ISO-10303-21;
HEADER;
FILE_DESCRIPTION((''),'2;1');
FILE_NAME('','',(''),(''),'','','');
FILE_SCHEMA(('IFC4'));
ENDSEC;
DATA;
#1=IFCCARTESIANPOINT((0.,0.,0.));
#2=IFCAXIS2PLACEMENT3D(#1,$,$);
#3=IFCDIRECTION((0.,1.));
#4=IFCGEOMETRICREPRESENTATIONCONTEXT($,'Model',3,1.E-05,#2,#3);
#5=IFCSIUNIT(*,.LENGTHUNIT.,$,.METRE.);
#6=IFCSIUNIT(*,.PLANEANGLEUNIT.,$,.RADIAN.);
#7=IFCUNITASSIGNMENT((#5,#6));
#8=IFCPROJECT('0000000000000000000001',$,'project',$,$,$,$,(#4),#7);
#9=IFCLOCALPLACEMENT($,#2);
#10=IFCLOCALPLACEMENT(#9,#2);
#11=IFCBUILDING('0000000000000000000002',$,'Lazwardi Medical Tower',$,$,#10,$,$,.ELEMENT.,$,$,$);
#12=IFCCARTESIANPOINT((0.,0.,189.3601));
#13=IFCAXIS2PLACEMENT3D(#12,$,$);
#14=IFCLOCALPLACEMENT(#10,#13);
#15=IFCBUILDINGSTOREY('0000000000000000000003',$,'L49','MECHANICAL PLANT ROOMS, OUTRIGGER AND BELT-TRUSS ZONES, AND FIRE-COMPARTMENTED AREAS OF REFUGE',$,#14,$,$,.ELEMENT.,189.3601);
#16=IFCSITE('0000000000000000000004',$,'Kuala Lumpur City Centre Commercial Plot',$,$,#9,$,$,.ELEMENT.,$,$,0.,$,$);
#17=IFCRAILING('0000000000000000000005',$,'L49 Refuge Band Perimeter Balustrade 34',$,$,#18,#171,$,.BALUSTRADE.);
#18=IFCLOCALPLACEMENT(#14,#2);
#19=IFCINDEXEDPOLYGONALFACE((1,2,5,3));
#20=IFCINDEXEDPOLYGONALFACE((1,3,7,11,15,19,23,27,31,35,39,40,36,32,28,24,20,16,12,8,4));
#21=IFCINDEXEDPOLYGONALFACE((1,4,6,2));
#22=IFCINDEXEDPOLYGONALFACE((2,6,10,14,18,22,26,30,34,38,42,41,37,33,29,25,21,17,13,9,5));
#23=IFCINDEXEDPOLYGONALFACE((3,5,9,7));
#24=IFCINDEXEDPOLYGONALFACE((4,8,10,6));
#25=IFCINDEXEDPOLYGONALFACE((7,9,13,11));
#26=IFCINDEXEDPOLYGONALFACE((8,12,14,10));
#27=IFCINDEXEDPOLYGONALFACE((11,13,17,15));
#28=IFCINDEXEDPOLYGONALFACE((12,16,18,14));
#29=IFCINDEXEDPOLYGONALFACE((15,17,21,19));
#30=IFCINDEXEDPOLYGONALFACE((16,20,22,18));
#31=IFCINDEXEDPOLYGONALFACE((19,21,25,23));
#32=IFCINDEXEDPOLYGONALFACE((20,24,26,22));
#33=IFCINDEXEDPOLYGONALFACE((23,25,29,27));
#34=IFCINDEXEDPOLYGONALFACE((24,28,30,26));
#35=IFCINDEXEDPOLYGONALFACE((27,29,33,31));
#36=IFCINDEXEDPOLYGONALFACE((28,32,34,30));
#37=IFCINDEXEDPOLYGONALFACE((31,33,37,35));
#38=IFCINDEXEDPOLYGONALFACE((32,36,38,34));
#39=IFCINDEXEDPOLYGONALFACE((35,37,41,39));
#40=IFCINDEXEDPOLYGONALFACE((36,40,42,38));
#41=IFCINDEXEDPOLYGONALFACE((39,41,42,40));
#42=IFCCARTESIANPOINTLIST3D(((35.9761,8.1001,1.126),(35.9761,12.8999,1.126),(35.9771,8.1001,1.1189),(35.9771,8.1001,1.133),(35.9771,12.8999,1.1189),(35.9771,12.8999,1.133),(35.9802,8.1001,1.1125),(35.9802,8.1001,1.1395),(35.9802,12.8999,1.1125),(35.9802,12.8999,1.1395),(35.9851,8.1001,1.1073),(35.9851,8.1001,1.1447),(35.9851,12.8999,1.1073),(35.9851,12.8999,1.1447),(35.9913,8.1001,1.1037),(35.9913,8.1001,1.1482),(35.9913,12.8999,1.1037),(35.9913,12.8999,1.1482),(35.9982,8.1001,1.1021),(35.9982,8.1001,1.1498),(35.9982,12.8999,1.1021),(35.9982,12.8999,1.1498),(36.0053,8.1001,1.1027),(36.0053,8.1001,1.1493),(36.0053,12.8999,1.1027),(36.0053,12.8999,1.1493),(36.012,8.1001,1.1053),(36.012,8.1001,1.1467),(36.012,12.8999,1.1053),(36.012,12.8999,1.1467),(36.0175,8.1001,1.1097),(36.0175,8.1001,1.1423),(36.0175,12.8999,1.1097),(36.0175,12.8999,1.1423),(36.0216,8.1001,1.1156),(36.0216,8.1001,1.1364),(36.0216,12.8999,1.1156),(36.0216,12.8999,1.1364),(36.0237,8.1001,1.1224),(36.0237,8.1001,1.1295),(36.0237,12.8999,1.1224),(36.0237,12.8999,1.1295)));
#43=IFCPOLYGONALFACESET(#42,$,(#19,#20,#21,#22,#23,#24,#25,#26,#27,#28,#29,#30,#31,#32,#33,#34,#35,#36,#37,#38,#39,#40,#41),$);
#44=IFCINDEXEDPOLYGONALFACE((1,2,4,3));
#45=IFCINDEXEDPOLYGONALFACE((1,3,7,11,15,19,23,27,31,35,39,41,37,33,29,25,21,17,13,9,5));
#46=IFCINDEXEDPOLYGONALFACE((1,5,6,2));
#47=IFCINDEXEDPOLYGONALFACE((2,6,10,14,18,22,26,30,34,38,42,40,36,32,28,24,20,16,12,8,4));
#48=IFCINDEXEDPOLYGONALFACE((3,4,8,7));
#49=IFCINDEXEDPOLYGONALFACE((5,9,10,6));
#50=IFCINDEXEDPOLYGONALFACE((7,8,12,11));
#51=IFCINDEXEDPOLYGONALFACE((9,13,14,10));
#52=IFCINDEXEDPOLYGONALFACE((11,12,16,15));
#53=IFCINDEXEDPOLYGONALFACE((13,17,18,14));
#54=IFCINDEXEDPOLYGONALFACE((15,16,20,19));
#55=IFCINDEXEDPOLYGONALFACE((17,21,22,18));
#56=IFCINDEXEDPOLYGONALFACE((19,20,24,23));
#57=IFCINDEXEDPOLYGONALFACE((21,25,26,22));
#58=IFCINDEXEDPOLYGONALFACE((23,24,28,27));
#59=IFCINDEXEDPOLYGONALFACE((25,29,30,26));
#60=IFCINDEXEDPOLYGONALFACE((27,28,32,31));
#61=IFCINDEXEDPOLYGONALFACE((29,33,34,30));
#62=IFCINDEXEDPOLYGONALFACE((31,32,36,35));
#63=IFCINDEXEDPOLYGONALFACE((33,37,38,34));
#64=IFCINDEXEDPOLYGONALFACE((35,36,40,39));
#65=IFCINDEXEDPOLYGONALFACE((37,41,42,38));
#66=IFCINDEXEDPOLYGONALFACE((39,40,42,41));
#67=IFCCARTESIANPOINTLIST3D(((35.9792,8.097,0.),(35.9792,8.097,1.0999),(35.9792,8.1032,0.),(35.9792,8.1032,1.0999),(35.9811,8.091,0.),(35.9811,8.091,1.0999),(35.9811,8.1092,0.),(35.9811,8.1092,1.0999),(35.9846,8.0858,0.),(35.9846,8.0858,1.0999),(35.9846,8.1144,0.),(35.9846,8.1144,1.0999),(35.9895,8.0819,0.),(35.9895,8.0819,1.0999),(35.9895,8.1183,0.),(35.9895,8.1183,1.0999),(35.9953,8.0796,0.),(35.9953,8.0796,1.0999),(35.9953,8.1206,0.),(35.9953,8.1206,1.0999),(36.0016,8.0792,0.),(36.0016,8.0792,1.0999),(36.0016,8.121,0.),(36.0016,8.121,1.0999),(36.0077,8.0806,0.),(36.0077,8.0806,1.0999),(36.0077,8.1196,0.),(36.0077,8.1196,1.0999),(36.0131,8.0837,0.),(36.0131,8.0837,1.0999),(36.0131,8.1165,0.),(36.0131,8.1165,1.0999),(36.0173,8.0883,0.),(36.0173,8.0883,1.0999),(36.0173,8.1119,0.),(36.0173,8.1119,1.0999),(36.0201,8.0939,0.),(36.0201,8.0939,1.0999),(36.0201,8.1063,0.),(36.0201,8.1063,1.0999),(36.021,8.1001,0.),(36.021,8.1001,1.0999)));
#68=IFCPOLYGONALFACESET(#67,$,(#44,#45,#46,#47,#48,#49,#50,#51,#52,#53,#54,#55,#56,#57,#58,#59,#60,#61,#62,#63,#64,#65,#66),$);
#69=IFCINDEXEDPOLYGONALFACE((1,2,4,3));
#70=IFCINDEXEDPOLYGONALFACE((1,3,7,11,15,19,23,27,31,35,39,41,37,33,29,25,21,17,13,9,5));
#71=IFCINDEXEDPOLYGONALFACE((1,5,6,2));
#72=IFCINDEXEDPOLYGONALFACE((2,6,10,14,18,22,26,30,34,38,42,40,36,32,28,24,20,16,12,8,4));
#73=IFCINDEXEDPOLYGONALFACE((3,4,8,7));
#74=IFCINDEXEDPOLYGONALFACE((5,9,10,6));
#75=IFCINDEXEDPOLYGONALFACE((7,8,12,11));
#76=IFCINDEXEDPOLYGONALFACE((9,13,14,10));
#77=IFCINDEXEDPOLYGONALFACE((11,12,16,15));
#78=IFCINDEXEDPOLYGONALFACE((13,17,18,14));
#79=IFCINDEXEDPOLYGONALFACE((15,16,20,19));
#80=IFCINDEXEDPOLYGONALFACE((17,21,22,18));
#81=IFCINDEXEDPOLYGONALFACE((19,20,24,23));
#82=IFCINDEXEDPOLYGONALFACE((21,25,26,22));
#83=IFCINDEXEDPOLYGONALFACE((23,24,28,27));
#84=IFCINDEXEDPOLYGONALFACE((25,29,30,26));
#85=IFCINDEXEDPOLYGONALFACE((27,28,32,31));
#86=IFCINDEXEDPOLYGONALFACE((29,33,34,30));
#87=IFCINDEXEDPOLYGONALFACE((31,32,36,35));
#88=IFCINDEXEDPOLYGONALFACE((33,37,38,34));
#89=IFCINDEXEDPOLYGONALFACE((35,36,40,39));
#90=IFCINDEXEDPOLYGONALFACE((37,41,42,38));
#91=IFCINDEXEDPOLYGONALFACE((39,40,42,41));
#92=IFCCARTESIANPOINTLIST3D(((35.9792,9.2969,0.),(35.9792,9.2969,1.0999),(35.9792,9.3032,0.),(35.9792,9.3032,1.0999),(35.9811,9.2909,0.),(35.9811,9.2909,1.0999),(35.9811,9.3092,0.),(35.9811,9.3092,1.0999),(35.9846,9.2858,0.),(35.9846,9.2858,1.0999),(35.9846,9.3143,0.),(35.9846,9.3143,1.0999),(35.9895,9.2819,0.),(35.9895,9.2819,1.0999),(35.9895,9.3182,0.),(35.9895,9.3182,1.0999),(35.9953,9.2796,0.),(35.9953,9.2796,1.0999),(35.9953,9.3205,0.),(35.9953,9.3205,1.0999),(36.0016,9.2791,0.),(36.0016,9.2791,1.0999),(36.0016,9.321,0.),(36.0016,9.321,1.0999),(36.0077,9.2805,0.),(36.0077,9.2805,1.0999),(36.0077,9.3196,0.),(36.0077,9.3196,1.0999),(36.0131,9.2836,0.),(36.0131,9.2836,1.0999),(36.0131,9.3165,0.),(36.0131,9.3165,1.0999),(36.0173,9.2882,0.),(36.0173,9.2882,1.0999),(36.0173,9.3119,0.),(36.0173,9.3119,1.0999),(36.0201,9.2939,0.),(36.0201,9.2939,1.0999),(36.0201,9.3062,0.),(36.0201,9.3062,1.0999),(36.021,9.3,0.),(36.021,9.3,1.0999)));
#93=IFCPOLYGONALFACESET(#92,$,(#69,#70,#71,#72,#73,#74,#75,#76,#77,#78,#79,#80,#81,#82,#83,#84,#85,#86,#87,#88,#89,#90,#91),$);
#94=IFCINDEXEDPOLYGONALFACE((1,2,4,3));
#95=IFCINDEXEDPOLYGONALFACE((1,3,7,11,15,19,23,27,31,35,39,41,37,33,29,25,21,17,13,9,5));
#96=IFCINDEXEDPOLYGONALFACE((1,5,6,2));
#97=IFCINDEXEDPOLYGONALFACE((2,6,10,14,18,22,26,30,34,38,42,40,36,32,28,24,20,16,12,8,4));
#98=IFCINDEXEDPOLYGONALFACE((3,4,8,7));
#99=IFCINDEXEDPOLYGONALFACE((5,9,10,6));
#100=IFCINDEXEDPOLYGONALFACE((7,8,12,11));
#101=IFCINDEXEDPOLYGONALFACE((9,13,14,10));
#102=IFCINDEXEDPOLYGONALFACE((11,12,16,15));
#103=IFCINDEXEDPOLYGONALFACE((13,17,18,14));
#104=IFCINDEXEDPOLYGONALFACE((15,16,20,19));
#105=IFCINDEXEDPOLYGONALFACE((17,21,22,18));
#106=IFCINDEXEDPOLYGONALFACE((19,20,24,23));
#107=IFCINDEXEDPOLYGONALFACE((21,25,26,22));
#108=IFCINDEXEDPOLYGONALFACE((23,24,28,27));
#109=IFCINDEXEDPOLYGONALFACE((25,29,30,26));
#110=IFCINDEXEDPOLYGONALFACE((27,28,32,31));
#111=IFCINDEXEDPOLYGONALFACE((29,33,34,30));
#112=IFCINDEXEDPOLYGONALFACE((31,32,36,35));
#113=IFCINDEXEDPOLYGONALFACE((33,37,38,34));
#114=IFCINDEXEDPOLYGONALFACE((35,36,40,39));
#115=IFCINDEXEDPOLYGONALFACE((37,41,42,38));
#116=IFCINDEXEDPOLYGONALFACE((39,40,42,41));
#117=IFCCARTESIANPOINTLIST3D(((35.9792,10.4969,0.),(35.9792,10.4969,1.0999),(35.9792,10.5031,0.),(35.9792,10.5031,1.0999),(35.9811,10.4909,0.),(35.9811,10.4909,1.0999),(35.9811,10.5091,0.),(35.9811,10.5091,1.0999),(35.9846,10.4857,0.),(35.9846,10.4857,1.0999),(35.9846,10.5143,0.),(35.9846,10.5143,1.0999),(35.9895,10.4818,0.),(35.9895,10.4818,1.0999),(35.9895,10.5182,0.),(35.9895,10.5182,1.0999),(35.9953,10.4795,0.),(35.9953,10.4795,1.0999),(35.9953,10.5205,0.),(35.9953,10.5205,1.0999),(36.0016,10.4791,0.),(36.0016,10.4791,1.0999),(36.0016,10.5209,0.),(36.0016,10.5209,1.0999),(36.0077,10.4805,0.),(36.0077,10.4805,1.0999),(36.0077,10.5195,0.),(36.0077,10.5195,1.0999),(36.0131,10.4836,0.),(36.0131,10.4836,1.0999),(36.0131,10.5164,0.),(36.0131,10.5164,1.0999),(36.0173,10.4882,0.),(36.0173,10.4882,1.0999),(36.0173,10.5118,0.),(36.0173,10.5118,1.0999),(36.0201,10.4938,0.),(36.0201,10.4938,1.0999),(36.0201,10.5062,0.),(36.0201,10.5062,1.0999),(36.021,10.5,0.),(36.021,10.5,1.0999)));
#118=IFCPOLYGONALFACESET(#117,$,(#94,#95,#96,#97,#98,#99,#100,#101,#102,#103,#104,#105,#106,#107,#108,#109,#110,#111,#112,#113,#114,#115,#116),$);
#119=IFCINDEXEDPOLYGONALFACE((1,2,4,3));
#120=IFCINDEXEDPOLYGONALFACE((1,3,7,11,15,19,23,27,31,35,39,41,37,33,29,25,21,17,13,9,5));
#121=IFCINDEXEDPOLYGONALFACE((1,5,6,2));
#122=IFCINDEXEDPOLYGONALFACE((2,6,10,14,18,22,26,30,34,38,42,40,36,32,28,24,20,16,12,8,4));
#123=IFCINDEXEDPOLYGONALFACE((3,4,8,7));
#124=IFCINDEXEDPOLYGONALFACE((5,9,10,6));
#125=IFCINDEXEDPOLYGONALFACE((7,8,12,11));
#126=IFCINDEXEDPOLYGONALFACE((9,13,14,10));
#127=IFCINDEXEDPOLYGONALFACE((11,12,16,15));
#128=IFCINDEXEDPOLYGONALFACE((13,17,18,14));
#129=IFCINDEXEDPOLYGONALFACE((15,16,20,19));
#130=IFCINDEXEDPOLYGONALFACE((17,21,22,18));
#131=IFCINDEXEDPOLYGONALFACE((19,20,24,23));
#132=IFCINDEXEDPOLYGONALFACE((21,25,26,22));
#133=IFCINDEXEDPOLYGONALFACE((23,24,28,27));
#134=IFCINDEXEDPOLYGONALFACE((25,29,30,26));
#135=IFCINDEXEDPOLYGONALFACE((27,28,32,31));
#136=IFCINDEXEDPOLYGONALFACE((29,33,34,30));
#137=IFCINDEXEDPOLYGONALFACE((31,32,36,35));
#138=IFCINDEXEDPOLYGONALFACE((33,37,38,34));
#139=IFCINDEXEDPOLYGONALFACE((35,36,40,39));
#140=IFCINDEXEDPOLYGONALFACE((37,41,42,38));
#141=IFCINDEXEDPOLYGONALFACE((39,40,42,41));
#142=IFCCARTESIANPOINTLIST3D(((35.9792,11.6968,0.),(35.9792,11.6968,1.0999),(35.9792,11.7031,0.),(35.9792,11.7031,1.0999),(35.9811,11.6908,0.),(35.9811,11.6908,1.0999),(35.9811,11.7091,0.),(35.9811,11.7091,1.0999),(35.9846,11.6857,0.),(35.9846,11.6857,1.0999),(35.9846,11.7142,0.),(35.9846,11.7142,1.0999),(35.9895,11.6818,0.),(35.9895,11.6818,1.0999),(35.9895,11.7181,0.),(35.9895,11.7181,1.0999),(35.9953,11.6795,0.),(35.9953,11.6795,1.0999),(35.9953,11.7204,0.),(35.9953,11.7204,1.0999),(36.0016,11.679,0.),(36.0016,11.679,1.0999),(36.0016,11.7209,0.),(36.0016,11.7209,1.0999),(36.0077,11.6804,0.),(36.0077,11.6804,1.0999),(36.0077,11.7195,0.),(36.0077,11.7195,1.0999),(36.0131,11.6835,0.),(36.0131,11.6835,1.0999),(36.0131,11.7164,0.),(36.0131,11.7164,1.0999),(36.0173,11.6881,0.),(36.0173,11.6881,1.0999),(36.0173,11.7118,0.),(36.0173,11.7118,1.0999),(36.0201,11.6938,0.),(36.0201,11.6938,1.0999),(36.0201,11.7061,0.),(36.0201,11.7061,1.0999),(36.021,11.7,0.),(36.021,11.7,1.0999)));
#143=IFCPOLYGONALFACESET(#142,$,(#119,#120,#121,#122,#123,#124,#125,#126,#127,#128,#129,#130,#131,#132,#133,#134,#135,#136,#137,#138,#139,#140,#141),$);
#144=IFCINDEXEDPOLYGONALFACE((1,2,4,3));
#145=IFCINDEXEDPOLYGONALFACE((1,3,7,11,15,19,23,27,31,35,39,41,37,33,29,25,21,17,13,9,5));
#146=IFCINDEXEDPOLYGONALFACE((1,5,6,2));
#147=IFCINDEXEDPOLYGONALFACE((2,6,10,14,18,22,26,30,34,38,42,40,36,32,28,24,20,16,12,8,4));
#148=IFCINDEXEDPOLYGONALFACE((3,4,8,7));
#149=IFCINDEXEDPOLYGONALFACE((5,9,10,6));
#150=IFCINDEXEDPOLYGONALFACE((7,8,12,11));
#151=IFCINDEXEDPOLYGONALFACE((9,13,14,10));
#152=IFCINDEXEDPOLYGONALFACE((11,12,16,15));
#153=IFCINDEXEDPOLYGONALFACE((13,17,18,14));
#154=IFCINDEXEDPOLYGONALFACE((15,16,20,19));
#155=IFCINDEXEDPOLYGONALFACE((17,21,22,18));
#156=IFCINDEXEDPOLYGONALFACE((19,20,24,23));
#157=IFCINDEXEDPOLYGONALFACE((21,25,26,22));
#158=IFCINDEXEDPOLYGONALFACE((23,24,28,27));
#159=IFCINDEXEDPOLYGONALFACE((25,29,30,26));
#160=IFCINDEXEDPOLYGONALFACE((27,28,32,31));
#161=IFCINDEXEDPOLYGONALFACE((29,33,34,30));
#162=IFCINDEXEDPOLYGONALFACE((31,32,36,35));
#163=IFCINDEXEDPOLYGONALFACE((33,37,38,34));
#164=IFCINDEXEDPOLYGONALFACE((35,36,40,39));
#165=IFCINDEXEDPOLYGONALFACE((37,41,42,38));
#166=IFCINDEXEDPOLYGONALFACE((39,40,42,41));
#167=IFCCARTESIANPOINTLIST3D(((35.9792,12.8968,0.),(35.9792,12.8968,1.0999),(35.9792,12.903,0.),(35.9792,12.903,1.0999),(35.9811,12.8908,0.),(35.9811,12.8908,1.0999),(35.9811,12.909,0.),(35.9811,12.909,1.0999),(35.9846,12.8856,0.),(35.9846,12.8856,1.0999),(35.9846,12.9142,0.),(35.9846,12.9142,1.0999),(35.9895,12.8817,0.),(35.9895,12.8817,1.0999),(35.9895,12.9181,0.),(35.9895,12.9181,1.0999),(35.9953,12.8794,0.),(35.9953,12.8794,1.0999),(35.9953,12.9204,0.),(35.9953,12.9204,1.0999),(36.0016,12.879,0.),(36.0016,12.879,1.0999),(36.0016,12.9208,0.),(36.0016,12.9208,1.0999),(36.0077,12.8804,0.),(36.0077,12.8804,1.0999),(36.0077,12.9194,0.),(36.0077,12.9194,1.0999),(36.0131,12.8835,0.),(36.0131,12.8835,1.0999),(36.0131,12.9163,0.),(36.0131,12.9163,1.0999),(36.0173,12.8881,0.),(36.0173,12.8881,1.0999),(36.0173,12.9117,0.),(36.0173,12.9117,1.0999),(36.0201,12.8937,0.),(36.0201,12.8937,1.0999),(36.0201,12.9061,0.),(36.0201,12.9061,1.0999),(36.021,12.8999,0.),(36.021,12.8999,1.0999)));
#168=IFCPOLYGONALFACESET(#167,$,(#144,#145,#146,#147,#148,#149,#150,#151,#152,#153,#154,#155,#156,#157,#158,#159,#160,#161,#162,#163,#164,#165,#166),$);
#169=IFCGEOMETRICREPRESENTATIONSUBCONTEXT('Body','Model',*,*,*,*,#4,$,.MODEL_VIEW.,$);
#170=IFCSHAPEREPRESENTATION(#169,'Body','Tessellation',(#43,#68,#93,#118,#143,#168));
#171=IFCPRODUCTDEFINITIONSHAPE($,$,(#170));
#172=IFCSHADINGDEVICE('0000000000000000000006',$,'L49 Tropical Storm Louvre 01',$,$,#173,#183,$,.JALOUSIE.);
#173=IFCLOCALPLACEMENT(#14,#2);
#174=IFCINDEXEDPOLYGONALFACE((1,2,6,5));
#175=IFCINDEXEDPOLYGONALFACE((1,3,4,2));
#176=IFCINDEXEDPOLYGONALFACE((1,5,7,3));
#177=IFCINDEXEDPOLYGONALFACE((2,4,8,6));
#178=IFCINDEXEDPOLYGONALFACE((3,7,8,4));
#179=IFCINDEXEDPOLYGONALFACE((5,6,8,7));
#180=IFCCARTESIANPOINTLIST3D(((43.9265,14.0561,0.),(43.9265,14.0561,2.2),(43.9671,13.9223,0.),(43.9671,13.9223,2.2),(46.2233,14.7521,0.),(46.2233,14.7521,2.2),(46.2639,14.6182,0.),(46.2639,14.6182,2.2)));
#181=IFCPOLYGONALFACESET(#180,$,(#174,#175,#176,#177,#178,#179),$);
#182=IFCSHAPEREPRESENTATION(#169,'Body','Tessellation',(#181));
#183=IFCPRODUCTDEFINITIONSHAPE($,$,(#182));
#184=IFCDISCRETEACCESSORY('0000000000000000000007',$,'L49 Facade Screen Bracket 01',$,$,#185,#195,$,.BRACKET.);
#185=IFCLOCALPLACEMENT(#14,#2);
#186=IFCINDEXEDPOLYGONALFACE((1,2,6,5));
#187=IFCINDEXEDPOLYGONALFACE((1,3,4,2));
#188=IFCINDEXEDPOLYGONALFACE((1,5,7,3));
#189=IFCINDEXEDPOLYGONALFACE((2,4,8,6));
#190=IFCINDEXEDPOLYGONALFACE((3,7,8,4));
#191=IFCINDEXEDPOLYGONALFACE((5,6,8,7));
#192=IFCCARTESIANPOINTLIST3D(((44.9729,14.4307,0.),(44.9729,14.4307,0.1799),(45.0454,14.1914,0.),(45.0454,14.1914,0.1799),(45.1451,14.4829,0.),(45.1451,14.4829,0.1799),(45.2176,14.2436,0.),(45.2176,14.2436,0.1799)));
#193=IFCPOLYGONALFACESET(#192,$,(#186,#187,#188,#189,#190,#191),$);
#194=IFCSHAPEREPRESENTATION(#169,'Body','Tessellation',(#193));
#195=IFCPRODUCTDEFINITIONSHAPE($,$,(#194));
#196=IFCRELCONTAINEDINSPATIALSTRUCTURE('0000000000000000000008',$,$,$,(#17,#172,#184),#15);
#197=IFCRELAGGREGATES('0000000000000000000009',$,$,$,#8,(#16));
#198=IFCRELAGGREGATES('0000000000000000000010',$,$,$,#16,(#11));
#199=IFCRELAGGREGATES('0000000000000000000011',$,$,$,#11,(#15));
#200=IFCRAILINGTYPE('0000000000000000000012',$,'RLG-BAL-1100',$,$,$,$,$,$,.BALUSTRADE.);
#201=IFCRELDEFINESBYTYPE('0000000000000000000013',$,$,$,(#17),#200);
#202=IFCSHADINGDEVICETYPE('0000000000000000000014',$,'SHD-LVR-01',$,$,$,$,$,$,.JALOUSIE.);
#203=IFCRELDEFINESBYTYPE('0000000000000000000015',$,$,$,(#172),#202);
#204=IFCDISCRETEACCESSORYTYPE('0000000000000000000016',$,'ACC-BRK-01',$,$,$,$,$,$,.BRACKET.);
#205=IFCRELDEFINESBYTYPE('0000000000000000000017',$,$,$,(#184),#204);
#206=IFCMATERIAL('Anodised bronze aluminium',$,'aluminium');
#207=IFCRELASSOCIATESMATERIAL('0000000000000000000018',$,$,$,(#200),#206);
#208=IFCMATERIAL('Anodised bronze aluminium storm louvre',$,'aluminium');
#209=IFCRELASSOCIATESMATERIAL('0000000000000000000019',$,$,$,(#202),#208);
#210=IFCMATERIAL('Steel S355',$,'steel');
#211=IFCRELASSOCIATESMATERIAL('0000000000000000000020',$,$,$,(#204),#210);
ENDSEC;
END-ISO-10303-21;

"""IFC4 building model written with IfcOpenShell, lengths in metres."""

from ifc_helpers import new_model, si_unit, direction, frame, origin, origin_2d, place, context, subcontext, project, spatial, rectangle, circle, extrude, material, type_object, element, save


model = new_model("IFC4")

# Units and contexts
model_context = context("Model", 3, precision=1e-05, world=origin(), true_north=direction((0.0, 1.0)))
body_context = subcontext(model_context, "Body", "Model", "MODEL_VIEW")
ifc_project = project(units=[si_unit("LENGTHUNIT", "METRE"), si_unit("PLANEANGLEUNIT", "RADIAN")], contexts=[model_context])

# Site, building, storey
site_placement = place(None, origin())
site = spatial("IfcSite", under=ifc_project, at=site_placement, Name="Kuala Lumpur City Centre Commercial Plot", CompositionType="ELEMENT", RefElevation=0.0)
building_placement = place(site_placement, origin())
building = spatial("IfcBuilding", under=site, at=building_placement, Name="Lazwardi Medical Tower", CompositionType="ELEMENT")
storey_placement = place(building_placement, frame((0.0, 0.0, 189.3601)))
storey = spatial("IfcBuildingStorey", under=building, at=storey_placement, Name="L49", Description="MECHANICAL PLANT ROOMS, OUTRIGGER AND BELT-TRUSS ZONES, AND FIRE-COMPARTMENTED AREAS OF REFUGE", CompositionType="ELEMENT", Elevation=189.3601)

# Shared definitions
ifc_material_1 = material(Name="Steel S355", Category="steel")

# Railing
ifc_material_2 = material(Name="Anodised bronze aluminium", Category="aluminium")
railing_type = type_object("IfcRailingType", Name="RLG-BAL-1100", PredefinedType="BALUSTRADE", material=ifc_material_2)
railing_1_placement = place(storey_placement, frame((36.0, 8.1001, 0.0)))
element("IfcRailing", 1, at=railing_1_placement, inside=storey, type_object=railing_type, Name="L49 Refuge Band Perimeter Balustrade 34", PredefinedType="BALUSTRADE", context=body_context, shape_type="SweptSolid", body=[
    extrude(circle(Radius=0.0239, at=origin_2d()), frame((0.0, 0.0, 1.126), z_axis=(0.0, 1.0, 0.0), x_axis=(-1.0, 0.0, 0.0)), (0.0, 0.0, 1.0), 4.7998),
    extrude(circle(Radius=0.021, at=origin_2d()), origin(), (0.0, 0.0, 1.0), 1.0999),
    extrude(circle(Radius=0.021, at=origin_2d()), frame((0.0, 1.2, 0.0)), (0.0, 0.0, 1.0), 1.0999),
    extrude(circle(Radius=0.021, at=origin_2d()), frame((0.0, 2.3999, 0.0)), (0.0, 0.0, 1.0), 1.0999),
    extrude(circle(Radius=0.021, at=origin_2d()), frame((0.0, 3.5999, 0.0)), (0.0, 0.0, 1.0), 1.0999),
    extrude(circle(Radius=0.021, at=origin_2d()), frame((0.0, 4.7998, 0.0)), (0.0, 0.0, 1.0), 1.0999),
])

# Shading device
ifc_material_3 = material(Name="Anodised bronze aluminium storm louvre", Category="aluminium")
shading_device_type = type_object("IfcShadingDeviceType", Name="SHD-LVR-01", PredefinedType="JALOUSIE", material=ifc_material_3)
shading_device_placement = place(storey_placement, frame((45.0952, 14.3372, 0.0), z_axis=(0.0, 0.0, 1.0), x_axis=(0.957032, 0.289981, 0.0)))
element("IfcShadingDevice", 2, at=shading_device_placement, inside=storey, type_object=shading_device_type, Name="L49 Tropical Storm Louvre 01", PredefinedType="JALOUSIE", context=body_context, shape_type="SweptSolid", body=[
    extrude(rectangle(XDim=2.3999, YDim=0.1399, at=origin_2d()), origin(), (0.0, 0.0, 1.0), 2.2),
])

# Discrete accessory
discrete_accessory_type = type_object("IfcDiscreteAccessoryType", Name="ACC-BRK-01", PredefinedType="BRACKET", material=ifc_material_1)
discrete_accessory_placement = place(storey_placement, frame((45.0952, 14.3372, 0.0), z_axis=(0.0, 0.0, 1.0), x_axis=(0.957032, 0.289981, 0.0)))
element("IfcDiscreteAccessory", 3, at=discrete_accessory_placement, inside=storey, type_object=discrete_accessory_type, Name="L49 Facade Screen Bracket 01", PredefinedType="BRACKET", context=body_context, shape_type="SweptSolid", body=[
    extrude(rectangle(XDim=0.1799, YDim=0.25, at=origin_2d()), origin(), (0.0, 0.0, 1.0), 0.1799),
])

save(model, "model.ifc")
